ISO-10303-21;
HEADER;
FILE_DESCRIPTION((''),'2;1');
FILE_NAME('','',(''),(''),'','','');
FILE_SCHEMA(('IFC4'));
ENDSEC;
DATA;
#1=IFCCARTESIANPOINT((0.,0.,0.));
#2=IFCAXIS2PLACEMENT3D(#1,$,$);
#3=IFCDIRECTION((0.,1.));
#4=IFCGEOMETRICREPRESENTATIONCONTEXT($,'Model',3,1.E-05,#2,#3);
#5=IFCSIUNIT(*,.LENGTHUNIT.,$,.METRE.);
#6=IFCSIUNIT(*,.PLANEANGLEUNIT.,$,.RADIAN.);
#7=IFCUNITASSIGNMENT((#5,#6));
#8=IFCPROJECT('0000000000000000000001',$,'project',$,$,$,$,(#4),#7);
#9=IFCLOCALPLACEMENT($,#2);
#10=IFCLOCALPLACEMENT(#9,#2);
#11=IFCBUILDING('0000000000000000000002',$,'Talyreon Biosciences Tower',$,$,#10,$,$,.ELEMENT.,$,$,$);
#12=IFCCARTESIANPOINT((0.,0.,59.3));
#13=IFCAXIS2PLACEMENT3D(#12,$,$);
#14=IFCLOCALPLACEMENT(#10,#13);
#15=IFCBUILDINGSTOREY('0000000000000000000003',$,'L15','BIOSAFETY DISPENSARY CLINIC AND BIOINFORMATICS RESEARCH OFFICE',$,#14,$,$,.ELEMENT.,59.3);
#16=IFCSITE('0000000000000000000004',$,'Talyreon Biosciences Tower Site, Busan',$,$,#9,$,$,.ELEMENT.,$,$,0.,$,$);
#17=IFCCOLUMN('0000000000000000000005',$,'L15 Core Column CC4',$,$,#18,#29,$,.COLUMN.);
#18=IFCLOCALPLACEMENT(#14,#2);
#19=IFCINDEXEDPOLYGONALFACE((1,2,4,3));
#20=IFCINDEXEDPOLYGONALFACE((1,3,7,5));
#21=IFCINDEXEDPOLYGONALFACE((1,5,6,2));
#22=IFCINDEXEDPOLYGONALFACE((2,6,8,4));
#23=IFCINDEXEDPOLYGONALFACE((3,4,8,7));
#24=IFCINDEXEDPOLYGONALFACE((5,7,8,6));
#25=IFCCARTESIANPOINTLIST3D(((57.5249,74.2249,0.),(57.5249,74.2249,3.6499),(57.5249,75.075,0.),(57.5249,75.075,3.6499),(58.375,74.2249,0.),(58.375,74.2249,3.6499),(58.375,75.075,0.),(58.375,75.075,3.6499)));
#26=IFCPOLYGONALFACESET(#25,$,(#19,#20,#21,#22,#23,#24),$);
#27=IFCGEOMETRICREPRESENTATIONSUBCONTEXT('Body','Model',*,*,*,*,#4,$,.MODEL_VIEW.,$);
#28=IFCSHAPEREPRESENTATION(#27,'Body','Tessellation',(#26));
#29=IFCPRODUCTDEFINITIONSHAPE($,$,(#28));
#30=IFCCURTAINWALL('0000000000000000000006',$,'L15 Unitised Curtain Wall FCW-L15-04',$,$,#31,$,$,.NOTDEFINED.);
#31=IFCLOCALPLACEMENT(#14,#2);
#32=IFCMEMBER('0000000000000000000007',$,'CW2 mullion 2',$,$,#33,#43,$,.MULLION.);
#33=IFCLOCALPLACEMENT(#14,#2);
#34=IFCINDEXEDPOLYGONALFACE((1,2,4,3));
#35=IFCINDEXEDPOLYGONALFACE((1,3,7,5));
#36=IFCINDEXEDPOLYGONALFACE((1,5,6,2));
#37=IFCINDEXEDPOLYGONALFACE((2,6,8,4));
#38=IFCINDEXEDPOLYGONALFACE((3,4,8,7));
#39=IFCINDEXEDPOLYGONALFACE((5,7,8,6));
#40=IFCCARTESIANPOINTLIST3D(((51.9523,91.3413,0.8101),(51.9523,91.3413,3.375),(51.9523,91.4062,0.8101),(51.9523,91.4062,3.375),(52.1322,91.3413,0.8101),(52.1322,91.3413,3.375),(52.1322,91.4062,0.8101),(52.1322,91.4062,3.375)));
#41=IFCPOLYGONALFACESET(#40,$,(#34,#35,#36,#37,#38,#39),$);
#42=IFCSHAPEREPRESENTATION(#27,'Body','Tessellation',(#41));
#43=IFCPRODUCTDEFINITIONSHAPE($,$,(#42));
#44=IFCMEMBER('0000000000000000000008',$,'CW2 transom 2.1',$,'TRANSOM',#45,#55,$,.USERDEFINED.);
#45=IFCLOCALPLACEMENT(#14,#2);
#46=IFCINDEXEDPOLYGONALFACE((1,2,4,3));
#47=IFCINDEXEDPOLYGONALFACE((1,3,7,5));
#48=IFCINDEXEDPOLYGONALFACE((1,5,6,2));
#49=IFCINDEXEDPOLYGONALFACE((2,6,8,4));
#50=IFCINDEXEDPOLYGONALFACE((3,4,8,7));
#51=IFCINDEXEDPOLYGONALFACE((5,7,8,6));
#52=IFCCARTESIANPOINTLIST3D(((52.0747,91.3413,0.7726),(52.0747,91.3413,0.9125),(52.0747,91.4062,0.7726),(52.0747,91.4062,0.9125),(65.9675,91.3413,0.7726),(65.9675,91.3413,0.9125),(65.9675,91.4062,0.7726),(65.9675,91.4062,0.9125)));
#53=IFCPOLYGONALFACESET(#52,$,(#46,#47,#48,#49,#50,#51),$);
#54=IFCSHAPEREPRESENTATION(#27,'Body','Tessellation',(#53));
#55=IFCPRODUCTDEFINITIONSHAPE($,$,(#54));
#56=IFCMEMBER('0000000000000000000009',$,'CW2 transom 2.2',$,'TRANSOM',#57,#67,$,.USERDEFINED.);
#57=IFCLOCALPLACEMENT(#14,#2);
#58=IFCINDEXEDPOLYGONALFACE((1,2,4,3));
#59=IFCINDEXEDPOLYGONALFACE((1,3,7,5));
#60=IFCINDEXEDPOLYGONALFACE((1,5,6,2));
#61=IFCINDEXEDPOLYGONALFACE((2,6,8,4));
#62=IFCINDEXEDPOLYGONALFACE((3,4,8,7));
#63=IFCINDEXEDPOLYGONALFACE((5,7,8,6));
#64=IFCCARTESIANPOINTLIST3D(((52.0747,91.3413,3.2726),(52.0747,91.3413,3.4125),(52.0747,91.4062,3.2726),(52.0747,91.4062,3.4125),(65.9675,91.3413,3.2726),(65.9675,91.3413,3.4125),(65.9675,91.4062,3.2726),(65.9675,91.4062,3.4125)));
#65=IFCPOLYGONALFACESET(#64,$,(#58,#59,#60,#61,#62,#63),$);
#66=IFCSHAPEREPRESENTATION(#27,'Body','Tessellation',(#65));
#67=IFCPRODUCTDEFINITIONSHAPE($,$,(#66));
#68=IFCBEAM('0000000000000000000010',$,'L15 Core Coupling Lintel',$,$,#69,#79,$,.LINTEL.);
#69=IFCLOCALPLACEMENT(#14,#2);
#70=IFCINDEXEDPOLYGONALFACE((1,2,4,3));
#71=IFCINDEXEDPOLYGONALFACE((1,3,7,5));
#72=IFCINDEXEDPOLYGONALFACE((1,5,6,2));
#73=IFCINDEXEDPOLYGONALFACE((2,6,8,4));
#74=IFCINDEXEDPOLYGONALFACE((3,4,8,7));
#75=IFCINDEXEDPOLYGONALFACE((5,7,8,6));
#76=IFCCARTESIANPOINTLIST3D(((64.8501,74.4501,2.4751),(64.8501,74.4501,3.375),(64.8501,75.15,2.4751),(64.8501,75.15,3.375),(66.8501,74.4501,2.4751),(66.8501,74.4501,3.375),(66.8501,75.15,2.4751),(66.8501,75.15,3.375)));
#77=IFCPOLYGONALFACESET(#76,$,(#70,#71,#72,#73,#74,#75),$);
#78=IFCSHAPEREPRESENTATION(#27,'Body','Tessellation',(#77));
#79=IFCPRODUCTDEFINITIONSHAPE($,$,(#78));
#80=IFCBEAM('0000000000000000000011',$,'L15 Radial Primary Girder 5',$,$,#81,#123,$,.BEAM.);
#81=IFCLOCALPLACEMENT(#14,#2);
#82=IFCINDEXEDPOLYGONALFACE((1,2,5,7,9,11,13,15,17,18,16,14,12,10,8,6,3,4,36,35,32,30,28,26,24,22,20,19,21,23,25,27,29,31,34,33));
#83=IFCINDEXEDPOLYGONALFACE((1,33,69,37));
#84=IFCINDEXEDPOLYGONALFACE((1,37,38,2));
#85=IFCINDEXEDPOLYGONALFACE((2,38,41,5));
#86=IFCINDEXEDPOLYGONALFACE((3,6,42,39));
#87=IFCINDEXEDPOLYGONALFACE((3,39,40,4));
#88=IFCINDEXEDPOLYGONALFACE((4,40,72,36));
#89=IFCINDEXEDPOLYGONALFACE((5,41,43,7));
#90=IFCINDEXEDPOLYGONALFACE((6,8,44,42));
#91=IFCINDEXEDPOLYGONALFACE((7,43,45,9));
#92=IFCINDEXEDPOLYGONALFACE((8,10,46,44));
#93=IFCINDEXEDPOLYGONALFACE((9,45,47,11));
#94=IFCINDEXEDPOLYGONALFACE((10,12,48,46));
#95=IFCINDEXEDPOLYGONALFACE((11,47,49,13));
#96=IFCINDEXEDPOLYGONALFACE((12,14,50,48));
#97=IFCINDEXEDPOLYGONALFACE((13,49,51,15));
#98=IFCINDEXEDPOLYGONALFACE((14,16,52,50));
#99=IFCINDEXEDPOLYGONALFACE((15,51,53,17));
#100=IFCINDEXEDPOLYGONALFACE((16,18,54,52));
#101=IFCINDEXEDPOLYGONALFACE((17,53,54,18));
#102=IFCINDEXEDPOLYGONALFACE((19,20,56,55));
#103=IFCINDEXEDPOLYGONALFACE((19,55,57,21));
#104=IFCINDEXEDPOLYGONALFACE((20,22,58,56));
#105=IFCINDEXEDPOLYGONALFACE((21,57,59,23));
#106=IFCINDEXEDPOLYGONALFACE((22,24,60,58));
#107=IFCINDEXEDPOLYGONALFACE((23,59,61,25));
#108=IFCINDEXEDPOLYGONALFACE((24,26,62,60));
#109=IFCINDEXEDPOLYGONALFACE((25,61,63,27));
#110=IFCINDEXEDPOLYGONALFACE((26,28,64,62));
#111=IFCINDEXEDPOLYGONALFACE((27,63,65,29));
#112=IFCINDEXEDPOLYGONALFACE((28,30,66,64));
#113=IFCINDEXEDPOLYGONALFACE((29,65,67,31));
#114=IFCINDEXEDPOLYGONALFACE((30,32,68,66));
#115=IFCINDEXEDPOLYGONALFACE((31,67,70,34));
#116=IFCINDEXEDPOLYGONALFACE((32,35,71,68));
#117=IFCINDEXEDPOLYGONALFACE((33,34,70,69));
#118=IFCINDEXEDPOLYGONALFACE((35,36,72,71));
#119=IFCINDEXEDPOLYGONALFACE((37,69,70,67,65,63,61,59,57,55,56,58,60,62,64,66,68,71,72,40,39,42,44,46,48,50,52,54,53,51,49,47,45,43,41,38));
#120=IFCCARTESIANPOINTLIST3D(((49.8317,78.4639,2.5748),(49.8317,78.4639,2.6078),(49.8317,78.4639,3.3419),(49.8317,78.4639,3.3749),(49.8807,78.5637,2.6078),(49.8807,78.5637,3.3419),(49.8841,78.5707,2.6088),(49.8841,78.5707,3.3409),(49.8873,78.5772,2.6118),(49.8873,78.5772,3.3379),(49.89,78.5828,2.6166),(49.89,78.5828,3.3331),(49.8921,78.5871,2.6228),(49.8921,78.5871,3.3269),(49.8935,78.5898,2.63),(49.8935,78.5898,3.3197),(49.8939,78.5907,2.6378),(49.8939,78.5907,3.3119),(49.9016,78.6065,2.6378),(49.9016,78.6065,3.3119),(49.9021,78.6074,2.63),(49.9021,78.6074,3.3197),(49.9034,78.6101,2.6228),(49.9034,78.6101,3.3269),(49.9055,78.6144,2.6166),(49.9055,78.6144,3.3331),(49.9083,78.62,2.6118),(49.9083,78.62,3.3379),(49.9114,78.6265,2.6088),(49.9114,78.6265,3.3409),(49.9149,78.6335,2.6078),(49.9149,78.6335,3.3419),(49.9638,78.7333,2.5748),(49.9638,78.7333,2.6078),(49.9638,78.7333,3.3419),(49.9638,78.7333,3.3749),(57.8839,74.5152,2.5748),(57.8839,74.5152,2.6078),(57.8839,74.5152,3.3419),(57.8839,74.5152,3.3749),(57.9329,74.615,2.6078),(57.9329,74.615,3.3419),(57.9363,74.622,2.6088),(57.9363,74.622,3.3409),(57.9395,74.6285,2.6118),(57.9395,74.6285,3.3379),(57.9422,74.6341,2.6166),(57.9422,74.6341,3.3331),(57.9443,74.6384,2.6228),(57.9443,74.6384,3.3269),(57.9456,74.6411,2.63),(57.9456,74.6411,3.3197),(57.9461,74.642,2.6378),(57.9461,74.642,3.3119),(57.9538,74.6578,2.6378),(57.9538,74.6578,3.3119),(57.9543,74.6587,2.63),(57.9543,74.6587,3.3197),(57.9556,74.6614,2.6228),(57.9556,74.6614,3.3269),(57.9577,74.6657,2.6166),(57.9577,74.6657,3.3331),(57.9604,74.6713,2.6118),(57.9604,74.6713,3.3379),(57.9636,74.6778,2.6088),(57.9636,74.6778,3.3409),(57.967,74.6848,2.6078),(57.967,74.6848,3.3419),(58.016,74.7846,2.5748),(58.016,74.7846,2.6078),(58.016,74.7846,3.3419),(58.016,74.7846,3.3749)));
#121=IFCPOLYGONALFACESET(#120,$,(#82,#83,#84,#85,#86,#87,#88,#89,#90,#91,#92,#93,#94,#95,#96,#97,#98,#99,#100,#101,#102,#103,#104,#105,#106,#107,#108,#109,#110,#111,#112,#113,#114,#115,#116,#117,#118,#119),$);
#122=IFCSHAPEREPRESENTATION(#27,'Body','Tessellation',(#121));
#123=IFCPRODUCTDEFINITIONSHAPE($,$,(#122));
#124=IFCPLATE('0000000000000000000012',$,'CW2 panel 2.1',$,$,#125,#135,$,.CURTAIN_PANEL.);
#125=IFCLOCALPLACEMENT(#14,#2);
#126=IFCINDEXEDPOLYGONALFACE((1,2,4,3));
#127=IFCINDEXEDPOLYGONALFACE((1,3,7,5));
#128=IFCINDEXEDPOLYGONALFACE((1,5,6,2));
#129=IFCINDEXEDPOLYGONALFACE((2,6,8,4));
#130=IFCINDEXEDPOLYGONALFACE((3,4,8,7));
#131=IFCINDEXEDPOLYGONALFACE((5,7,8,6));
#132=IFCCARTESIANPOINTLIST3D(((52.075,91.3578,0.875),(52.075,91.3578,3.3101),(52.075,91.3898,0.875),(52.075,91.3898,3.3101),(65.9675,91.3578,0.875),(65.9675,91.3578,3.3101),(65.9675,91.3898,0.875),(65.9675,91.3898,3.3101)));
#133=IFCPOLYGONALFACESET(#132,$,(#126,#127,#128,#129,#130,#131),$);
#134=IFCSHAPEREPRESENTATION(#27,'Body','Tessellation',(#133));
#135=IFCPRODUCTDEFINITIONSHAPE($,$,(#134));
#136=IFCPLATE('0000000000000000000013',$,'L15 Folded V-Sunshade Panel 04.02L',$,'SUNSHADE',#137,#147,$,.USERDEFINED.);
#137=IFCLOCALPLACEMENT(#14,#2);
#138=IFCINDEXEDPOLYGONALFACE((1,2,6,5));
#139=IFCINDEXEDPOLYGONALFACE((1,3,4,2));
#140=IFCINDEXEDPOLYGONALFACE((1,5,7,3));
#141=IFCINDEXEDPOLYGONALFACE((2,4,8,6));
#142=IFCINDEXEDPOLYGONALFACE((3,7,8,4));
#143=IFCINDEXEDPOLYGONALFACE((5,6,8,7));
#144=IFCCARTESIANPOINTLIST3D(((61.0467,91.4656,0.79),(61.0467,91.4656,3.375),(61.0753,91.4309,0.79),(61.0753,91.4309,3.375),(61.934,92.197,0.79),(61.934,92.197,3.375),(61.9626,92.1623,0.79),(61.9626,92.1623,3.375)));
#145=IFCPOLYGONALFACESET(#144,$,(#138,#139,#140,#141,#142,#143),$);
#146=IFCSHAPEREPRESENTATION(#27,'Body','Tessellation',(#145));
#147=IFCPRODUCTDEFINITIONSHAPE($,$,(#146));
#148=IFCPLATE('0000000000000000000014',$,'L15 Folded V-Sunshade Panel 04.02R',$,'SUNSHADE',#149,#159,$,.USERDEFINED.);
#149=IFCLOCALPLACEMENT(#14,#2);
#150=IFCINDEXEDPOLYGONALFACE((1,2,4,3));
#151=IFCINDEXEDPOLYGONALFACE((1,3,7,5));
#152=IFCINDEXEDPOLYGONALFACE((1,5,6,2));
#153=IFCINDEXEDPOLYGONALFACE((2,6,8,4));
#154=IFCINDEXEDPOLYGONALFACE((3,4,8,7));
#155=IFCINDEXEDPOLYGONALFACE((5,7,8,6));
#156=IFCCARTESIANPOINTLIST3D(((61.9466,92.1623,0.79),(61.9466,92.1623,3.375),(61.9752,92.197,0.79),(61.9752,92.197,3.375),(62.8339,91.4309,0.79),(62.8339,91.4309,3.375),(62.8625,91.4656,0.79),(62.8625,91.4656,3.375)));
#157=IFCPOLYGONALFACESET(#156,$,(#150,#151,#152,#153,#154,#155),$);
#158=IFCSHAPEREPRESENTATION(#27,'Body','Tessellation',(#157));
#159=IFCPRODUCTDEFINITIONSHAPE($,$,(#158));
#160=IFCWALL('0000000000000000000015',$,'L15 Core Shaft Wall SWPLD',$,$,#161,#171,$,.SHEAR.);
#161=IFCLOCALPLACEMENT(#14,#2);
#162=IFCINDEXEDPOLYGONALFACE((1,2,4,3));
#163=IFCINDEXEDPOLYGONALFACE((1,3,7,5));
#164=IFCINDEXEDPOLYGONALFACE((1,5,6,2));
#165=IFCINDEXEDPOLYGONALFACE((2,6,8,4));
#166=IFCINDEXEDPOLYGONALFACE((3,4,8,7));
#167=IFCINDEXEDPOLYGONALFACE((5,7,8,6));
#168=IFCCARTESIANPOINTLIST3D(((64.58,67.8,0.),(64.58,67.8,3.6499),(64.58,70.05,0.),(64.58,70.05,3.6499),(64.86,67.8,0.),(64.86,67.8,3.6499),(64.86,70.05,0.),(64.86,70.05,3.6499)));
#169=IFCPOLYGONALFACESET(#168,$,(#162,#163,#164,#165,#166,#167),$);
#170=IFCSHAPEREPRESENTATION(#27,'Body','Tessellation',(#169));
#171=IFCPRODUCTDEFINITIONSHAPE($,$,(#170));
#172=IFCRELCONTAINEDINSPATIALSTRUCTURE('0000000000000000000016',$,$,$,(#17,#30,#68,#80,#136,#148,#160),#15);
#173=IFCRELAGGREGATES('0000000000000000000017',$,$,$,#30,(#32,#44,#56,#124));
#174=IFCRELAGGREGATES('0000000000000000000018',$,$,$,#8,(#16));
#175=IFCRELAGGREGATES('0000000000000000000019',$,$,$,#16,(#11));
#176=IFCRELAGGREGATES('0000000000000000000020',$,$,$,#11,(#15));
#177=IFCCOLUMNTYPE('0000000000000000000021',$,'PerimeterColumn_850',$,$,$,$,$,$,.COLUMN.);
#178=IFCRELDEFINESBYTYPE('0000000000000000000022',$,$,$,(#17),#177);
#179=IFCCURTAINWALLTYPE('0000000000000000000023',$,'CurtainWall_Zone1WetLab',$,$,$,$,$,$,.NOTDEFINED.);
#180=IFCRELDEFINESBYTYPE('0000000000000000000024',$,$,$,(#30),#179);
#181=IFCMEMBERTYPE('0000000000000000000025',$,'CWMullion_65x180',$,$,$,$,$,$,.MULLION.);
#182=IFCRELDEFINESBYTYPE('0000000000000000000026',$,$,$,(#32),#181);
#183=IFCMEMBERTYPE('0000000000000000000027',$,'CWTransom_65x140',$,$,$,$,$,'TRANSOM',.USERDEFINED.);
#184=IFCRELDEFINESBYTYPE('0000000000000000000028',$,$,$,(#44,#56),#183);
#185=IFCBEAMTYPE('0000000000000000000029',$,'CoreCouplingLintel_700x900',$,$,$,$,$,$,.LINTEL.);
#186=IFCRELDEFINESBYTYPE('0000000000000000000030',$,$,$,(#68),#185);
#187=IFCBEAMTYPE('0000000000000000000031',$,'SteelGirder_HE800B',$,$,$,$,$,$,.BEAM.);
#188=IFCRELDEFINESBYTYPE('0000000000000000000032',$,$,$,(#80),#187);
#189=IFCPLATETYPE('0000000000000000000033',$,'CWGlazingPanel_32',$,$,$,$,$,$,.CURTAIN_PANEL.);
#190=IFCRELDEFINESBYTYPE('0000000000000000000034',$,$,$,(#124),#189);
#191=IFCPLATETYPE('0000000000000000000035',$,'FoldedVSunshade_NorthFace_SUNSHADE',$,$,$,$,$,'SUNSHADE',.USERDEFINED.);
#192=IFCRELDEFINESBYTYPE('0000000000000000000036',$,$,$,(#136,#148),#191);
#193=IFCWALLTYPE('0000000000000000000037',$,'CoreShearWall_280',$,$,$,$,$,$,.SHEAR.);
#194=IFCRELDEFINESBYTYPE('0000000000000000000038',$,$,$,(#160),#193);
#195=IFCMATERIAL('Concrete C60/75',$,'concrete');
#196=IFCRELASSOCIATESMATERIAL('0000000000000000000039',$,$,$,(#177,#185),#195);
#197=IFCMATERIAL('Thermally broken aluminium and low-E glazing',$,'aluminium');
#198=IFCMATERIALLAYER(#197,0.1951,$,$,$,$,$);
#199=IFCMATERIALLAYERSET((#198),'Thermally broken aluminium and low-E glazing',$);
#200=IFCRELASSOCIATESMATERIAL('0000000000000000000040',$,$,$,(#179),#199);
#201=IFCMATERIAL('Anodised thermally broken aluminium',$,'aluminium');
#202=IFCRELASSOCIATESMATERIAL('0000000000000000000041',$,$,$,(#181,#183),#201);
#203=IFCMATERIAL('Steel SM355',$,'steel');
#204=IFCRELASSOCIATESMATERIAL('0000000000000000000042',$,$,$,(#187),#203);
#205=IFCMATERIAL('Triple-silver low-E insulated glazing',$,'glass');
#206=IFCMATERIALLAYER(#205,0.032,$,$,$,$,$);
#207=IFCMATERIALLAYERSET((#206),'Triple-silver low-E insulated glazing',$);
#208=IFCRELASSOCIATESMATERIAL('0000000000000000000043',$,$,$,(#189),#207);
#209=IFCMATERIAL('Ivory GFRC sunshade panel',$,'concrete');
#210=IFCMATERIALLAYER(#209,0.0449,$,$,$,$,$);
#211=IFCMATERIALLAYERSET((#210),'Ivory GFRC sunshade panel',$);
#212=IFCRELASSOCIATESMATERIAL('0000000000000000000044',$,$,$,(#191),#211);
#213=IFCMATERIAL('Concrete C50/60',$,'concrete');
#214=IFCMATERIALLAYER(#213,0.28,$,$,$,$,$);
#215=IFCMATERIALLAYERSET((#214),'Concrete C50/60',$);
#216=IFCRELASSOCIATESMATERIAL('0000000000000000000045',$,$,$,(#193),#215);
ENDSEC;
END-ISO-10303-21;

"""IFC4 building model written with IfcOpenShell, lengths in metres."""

from ifc_helpers import new_model, si_unit, direction, frame, frame_2d, origin, origin_2d, place, context, subcontext, project, spatial, rectangle, i_section, extrude, material, layer, layer_set, material_profile, profile_set, type_object, element, aggregate, save


model = new_model("IFC4")

# Units and contexts
model_context = context("Model", 3, precision=1e-05, world=origin(), true_north=direction((0.0, 1.0)))
body_context = subcontext(model_context, "Body", "Model", "MODEL_VIEW")
ifc_project = project(units=[si_unit("LENGTHUNIT", "METRE"), si_unit("PLANEANGLEUNIT", "RADIAN")], contexts=[model_context])

# Site, building, storey
site_placement = place(None, origin())
site = spatial("IfcSite", under=ifc_project, at=site_placement, Name="Talyreon Biosciences Tower Site, Busan", CompositionType="ELEMENT", RefElevation=0.0)
building_placement = place(site_placement, origin())
building = spatial("IfcBuilding", under=site, at=building_placement, Name="Talyreon Biosciences Tower", CompositionType="ELEMENT")
storey_placement = place(building_placement, frame((0.0, 0.0, 59.3)))
storey = spatial("IfcBuildingStorey", under=building, at=storey_placement, Name="L15", Description="BIOSAFETY DISPENSARY CLINIC AND BIOINFORMATICS RESEARCH OFFICE", CompositionType="ELEMENT", Elevation=59.3)

# Column
ifc_material_1 = material(Name="Concrete C60/75", Category="concrete")
ifc_material_profile_1 = material_profile(ifc_material_1, rectangle(XDim=0.8501, YDim=0.8501, at=origin_2d()), Name="RC 850x850")
ifc_profile_set_1 = profile_set([ifc_material_profile_1], Name="Concrete C60/75")
column_type = type_object("IfcColumnType", Name="PerimeterColumn_850", PredefinedType="COLUMN", material=ifc_profile_set_1)
column_placement = place(storey_placement, frame((57.95, 74.6499, 0.0), z_axis=(0.0, 0.0, 1.0), x_axis=(1.0, 0.0, 0.0)))
element("IfcColumn", 1, at=column_placement, inside=storey, type_object=column_type, Name="L15 Core Column CC4", PredefinedType="COLUMN", context=body_context, shape_type="SweptSolid", body=[
    extrude(rectangle(XDim=0.8501, YDim=0.8501, at=origin_2d()), origin(), (0.0, 0.0, 1.0), 3.6499),
])

# Curtain wall, members
ifc_material_2 = material(Name="Thermally broken aluminium and low-E glazing", Category="aluminium")
ifc_layer_1 = layer(ifc_material_2, 0.1951)
ifc_layer_set_1 = layer_set([ifc_layer_1], Name="Thermally broken aluminium and low-E glazing")
curtain_wall_type = type_object("IfcCurtainWallType", Name="CurtainWall_Zone1WetLab", PredefinedType="NOTDEFINED", material=ifc_layer_set_1)
curtain_wall_placement = place(storey_placement, origin())
curtain_wall = element("IfcCurtainWall", 2, at=curtain_wall_placement, inside=storey, type_object=curtain_wall_type, Name="L15 Unitised Curtain Wall FCW-L15-04", PredefinedType="NOTDEFINED")
ifc_material_3 = material(Name="Anodised thermally broken aluminium", Category="aluminium")
ifc_material_profile_2 = material_profile(ifc_material_3, rectangle(XDim=0.0649, YDim=0.1799, at=origin_2d()), Name="ALUM MULLION 65x180")
ifc_profile_set_2 = profile_set([ifc_material_profile_2], Name="Anodised thermally broken aluminium")
member_type_1 = type_object("IfcMemberType", Name="CWMullion_65x180", PredefinedType="MULLION", material=ifc_profile_set_2)
member_1_placement = place(storey_placement, frame((52.0422, 91.3738, 0.8101), z_axis=(0.0, 0.0, 1.0), x_axis=(0.0, 1.0, 0.0)))
member_1 = element("IfcMember", 3, at=member_1_placement, type_object=member_type_1, Name="CW2 mullion 2", PredefinedType="MULLION", context=body_context, shape_type="SweptSolid", body=[
    extrude(rectangle(XDim=0.0649, YDim=0.1799, at=origin_2d()), origin(), (0.0, 0.0, 1.0), 2.5649),
])
ifc_material_profile_3 = material_profile(ifc_material_3, rectangle(XDim=0.0649, YDim=0.1399, at=origin_2d()), Name="ALUM TRANSOM 65x140")
ifc_profile_set_3 = profile_set([ifc_material_profile_3], Name="Anodised thermally broken aluminium")
member_type_2 = type_object("IfcMemberType", Name="CWTransom_65x140", ElementType="TRANSOM", PredefinedType="USERDEFINED", material=ifc_profile_set_3)
member_2_placement = place(storey_placement, frame((52.0747, 91.3738, 0.8425), z_axis=(1.0, 0.0, 0.0), x_axis=(0.0, 1.0, 0.0)))
member_2 = element("IfcMember", 4, at=member_2_placement, type_object=member_type_2, Name="CW2 transom 2.1", ObjectType="TRANSOM", PredefinedType="USERDEFINED", context=body_context, shape_type="SweptSolid", body=[
    extrude(rectangle(XDim=0.0649, YDim=0.1399, at=origin_2d()), origin(), (0.0, 0.0, 1.0), 13.8928),
])
member_3_placement = place(storey_placement, frame((52.0747, 91.3738, 3.3425), z_axis=(1.0, 0.0, 0.0), x_axis=(0.0, 1.0, 0.0)))
member_3 = element("IfcMember", 5, at=member_3_placement, type_object=member_type_2, Name="CW2 transom 2.2", ObjectType="TRANSOM", PredefinedType="USERDEFINED", context=body_context, shape_type="SweptSolid", body=[
    extrude(rectangle(XDim=0.0649, YDim=0.1399, at=origin_2d()), origin(), (0.0, 0.0, 1.0), 13.8928),
])

# Beams
ifc_material_profile_4 = material_profile(ifc_material_1, rectangle(XDim=0.7, YDim=0.8999, at=origin_2d()), Name="RCB 700x900")
ifc_profile_set_4 = profile_set([ifc_material_profile_4], Name="Concrete C60/75")
beam_type_1 = type_object("IfcBeamType", Name="CoreCouplingLintel_700x900", PredefinedType="LINTEL", material=ifc_profile_set_4)
beam_1_placement = place(storey_placement, frame((64.8501, 74.8, 2.925), z_axis=(1.0, 0.0, 0.0), x_axis=(0.0, 1.0, 0.0)))
element("IfcBeam", 6, at=beam_1_placement, inside=storey, type_object=beam_type_1, Name="L15 Core Coupling Lintel", PredefinedType="LINTEL", context=body_context, shape_type="SweptSolid", body=[
    extrude(rectangle(XDim=0.7, YDim=0.8999, at=origin_2d()), origin(), (0.0, 0.0, 1.0), 2.0),
])
ifc_material_4 = material(Name="Steel SM355", Category="steel")
ifc_material_profile_5 = material_profile(ifc_material_4, i_section(OverallWidth=0.3, OverallDepth=0.8, WebThickness=0.0176, FlangeThickness=0.033, FilletRadius=0.03, at=origin_2d()), Name="HE800B")
ifc_profile_set_5 = profile_set([ifc_material_profile_5], Name="Steel SM355")
beam_type_2 = type_object("IfcBeamType", Name="SteelGirder_HE800B", PredefinedType="BEAM", material=ifc_profile_set_5)
beam_2_placement = place(storey_placement, frame((57.95, 74.6499, 2.9749), z_axis=(-0.897852, 0.440297, 0.0), x_axis=(-0.440297, -0.897852, 0.0)))
element("IfcBeam", 7, at=beam_2_placement, inside=storey, type_object=beam_type_2, Name="L15 Radial Primary Girder 5", PredefinedType="BEAM", context=body_context, shape_type="SweptSolid", body=[
    extrude(i_section(OverallWidth=0.3, OverallDepth=0.8, WebThickness=0.0176, FlangeThickness=0.033, FilletRadius=0.03, at=origin_2d()), origin(), (0.0, 0.0, 1.0), 8.9683),
])

# Plate
ifc_material_5 = material(Name="Triple-silver low-E insulated glazing", Category="glass")
ifc_layer_2 = layer(ifc_material_5, 0.032)
ifc_layer_set_2 = layer_set([ifc_layer_2], Name="Triple-silver low-E insulated glazing")
plate_type_1 = type_object("IfcPlateType", Name="CWGlazingPanel_32", PredefinedType="CURTAIN_PANEL", material=ifc_layer_set_2)
plate_placement = place(storey_placement, frame((59.0212, 91.3738, 0.875), z_axis=(0.0, 0.0, 1.0), x_axis=(1.0, 0.0, 0.0)))
plate = element("IfcPlate", 8, at=plate_placement, type_object=plate_type_1, Name="CW2 panel 2.1", PredefinedType="CURTAIN_PANEL", context=body_context, shape_type="SweptSolid", body=[
    extrude(rectangle(XDim=13.8926, YDim=0.032, at=origin_2d()), origin(), (0.0, 0.0, 1.0), 2.4351),
])
aggregate(curtain_wall, [member_1, member_2, member_3, plate])

# Plates
ifc_material_6 = material(Name="Ivory GFRC sunshade panel", Category="concrete")
ifc_layer_3 = layer(ifc_material_6, 0.0449)
ifc_layer_set_3 = layer_set([ifc_layer_3], Name="Ivory GFRC sunshade panel")
plate_type_2 = type_object("IfcPlateType", Name="FoldedVSunshade_NorthFace_SUNSHADE", ElementType="SUNSHADE", PredefinedType="USERDEFINED", material=ifc_layer_set_3)
for number, where, z_axis, x_axis, name in (
    (9, (61.5046, 91.814, 0.79), (0.0, 0.0, 1.0), (0.771625, 0.636078, 0.0), "L15 Folded V-Sunshade Panel 04.02L"),
    (10, (62.4045, 91.814, 0.79), (0.0, 0.0, 1.0), (0.771625, -0.636078, 0.0), "L15 Folded V-Sunshade Panel 04.02R"),
):
    element("IfcPlate", number, at=place(storey_placement, frame(where, z_axis=z_axis, x_axis=x_axis)), inside=storey, type_object=plate_type_2, Name=name, ObjectType="SUNSHADE", PredefinedType="USERDEFINED", context=body_context, shape_type="SweptSolid", body=[
        extrude(rectangle(XDim=1.1499, YDim=0.0449, at=origin_2d()), origin(), (0.0, 0.0, 1.0), 2.585),
    ])

# Wall
ifc_material_7 = material(Name="Concrete C50/60", Category="concrete")
ifc_layer_4 = layer(ifc_material_7, 0.28)
ifc_layer_set_4 = layer_set([ifc_layer_4], Name="Concrete C50/60")
wall_type_1 = type_object("IfcWallType", Name="CoreShearWall_280", PredefinedType="SHEAR", material=ifc_layer_set_4)
wall_1_placement = place(storey_placement, frame((64.72, 67.8, 0.0), z_axis=(0.0, 0.0, 1.0), x_axis=(0.0, 1.0, 0.0)))
element("IfcWall", 11, at=wall_1_placement, inside=storey, type_object=wall_type_1, Name="L15 Core Shaft Wall SWPLD", PredefinedType="SHEAR", context=body_context, shape_type="SweptSolid", body=[
    extrude(rectangle(XDim=2.25, YDim=0.28, at=frame_2d((1.125, 0.0))), origin(), (0.0, 0.0, 1.0), 3.6499),
])

save(model, "model.ifc")
